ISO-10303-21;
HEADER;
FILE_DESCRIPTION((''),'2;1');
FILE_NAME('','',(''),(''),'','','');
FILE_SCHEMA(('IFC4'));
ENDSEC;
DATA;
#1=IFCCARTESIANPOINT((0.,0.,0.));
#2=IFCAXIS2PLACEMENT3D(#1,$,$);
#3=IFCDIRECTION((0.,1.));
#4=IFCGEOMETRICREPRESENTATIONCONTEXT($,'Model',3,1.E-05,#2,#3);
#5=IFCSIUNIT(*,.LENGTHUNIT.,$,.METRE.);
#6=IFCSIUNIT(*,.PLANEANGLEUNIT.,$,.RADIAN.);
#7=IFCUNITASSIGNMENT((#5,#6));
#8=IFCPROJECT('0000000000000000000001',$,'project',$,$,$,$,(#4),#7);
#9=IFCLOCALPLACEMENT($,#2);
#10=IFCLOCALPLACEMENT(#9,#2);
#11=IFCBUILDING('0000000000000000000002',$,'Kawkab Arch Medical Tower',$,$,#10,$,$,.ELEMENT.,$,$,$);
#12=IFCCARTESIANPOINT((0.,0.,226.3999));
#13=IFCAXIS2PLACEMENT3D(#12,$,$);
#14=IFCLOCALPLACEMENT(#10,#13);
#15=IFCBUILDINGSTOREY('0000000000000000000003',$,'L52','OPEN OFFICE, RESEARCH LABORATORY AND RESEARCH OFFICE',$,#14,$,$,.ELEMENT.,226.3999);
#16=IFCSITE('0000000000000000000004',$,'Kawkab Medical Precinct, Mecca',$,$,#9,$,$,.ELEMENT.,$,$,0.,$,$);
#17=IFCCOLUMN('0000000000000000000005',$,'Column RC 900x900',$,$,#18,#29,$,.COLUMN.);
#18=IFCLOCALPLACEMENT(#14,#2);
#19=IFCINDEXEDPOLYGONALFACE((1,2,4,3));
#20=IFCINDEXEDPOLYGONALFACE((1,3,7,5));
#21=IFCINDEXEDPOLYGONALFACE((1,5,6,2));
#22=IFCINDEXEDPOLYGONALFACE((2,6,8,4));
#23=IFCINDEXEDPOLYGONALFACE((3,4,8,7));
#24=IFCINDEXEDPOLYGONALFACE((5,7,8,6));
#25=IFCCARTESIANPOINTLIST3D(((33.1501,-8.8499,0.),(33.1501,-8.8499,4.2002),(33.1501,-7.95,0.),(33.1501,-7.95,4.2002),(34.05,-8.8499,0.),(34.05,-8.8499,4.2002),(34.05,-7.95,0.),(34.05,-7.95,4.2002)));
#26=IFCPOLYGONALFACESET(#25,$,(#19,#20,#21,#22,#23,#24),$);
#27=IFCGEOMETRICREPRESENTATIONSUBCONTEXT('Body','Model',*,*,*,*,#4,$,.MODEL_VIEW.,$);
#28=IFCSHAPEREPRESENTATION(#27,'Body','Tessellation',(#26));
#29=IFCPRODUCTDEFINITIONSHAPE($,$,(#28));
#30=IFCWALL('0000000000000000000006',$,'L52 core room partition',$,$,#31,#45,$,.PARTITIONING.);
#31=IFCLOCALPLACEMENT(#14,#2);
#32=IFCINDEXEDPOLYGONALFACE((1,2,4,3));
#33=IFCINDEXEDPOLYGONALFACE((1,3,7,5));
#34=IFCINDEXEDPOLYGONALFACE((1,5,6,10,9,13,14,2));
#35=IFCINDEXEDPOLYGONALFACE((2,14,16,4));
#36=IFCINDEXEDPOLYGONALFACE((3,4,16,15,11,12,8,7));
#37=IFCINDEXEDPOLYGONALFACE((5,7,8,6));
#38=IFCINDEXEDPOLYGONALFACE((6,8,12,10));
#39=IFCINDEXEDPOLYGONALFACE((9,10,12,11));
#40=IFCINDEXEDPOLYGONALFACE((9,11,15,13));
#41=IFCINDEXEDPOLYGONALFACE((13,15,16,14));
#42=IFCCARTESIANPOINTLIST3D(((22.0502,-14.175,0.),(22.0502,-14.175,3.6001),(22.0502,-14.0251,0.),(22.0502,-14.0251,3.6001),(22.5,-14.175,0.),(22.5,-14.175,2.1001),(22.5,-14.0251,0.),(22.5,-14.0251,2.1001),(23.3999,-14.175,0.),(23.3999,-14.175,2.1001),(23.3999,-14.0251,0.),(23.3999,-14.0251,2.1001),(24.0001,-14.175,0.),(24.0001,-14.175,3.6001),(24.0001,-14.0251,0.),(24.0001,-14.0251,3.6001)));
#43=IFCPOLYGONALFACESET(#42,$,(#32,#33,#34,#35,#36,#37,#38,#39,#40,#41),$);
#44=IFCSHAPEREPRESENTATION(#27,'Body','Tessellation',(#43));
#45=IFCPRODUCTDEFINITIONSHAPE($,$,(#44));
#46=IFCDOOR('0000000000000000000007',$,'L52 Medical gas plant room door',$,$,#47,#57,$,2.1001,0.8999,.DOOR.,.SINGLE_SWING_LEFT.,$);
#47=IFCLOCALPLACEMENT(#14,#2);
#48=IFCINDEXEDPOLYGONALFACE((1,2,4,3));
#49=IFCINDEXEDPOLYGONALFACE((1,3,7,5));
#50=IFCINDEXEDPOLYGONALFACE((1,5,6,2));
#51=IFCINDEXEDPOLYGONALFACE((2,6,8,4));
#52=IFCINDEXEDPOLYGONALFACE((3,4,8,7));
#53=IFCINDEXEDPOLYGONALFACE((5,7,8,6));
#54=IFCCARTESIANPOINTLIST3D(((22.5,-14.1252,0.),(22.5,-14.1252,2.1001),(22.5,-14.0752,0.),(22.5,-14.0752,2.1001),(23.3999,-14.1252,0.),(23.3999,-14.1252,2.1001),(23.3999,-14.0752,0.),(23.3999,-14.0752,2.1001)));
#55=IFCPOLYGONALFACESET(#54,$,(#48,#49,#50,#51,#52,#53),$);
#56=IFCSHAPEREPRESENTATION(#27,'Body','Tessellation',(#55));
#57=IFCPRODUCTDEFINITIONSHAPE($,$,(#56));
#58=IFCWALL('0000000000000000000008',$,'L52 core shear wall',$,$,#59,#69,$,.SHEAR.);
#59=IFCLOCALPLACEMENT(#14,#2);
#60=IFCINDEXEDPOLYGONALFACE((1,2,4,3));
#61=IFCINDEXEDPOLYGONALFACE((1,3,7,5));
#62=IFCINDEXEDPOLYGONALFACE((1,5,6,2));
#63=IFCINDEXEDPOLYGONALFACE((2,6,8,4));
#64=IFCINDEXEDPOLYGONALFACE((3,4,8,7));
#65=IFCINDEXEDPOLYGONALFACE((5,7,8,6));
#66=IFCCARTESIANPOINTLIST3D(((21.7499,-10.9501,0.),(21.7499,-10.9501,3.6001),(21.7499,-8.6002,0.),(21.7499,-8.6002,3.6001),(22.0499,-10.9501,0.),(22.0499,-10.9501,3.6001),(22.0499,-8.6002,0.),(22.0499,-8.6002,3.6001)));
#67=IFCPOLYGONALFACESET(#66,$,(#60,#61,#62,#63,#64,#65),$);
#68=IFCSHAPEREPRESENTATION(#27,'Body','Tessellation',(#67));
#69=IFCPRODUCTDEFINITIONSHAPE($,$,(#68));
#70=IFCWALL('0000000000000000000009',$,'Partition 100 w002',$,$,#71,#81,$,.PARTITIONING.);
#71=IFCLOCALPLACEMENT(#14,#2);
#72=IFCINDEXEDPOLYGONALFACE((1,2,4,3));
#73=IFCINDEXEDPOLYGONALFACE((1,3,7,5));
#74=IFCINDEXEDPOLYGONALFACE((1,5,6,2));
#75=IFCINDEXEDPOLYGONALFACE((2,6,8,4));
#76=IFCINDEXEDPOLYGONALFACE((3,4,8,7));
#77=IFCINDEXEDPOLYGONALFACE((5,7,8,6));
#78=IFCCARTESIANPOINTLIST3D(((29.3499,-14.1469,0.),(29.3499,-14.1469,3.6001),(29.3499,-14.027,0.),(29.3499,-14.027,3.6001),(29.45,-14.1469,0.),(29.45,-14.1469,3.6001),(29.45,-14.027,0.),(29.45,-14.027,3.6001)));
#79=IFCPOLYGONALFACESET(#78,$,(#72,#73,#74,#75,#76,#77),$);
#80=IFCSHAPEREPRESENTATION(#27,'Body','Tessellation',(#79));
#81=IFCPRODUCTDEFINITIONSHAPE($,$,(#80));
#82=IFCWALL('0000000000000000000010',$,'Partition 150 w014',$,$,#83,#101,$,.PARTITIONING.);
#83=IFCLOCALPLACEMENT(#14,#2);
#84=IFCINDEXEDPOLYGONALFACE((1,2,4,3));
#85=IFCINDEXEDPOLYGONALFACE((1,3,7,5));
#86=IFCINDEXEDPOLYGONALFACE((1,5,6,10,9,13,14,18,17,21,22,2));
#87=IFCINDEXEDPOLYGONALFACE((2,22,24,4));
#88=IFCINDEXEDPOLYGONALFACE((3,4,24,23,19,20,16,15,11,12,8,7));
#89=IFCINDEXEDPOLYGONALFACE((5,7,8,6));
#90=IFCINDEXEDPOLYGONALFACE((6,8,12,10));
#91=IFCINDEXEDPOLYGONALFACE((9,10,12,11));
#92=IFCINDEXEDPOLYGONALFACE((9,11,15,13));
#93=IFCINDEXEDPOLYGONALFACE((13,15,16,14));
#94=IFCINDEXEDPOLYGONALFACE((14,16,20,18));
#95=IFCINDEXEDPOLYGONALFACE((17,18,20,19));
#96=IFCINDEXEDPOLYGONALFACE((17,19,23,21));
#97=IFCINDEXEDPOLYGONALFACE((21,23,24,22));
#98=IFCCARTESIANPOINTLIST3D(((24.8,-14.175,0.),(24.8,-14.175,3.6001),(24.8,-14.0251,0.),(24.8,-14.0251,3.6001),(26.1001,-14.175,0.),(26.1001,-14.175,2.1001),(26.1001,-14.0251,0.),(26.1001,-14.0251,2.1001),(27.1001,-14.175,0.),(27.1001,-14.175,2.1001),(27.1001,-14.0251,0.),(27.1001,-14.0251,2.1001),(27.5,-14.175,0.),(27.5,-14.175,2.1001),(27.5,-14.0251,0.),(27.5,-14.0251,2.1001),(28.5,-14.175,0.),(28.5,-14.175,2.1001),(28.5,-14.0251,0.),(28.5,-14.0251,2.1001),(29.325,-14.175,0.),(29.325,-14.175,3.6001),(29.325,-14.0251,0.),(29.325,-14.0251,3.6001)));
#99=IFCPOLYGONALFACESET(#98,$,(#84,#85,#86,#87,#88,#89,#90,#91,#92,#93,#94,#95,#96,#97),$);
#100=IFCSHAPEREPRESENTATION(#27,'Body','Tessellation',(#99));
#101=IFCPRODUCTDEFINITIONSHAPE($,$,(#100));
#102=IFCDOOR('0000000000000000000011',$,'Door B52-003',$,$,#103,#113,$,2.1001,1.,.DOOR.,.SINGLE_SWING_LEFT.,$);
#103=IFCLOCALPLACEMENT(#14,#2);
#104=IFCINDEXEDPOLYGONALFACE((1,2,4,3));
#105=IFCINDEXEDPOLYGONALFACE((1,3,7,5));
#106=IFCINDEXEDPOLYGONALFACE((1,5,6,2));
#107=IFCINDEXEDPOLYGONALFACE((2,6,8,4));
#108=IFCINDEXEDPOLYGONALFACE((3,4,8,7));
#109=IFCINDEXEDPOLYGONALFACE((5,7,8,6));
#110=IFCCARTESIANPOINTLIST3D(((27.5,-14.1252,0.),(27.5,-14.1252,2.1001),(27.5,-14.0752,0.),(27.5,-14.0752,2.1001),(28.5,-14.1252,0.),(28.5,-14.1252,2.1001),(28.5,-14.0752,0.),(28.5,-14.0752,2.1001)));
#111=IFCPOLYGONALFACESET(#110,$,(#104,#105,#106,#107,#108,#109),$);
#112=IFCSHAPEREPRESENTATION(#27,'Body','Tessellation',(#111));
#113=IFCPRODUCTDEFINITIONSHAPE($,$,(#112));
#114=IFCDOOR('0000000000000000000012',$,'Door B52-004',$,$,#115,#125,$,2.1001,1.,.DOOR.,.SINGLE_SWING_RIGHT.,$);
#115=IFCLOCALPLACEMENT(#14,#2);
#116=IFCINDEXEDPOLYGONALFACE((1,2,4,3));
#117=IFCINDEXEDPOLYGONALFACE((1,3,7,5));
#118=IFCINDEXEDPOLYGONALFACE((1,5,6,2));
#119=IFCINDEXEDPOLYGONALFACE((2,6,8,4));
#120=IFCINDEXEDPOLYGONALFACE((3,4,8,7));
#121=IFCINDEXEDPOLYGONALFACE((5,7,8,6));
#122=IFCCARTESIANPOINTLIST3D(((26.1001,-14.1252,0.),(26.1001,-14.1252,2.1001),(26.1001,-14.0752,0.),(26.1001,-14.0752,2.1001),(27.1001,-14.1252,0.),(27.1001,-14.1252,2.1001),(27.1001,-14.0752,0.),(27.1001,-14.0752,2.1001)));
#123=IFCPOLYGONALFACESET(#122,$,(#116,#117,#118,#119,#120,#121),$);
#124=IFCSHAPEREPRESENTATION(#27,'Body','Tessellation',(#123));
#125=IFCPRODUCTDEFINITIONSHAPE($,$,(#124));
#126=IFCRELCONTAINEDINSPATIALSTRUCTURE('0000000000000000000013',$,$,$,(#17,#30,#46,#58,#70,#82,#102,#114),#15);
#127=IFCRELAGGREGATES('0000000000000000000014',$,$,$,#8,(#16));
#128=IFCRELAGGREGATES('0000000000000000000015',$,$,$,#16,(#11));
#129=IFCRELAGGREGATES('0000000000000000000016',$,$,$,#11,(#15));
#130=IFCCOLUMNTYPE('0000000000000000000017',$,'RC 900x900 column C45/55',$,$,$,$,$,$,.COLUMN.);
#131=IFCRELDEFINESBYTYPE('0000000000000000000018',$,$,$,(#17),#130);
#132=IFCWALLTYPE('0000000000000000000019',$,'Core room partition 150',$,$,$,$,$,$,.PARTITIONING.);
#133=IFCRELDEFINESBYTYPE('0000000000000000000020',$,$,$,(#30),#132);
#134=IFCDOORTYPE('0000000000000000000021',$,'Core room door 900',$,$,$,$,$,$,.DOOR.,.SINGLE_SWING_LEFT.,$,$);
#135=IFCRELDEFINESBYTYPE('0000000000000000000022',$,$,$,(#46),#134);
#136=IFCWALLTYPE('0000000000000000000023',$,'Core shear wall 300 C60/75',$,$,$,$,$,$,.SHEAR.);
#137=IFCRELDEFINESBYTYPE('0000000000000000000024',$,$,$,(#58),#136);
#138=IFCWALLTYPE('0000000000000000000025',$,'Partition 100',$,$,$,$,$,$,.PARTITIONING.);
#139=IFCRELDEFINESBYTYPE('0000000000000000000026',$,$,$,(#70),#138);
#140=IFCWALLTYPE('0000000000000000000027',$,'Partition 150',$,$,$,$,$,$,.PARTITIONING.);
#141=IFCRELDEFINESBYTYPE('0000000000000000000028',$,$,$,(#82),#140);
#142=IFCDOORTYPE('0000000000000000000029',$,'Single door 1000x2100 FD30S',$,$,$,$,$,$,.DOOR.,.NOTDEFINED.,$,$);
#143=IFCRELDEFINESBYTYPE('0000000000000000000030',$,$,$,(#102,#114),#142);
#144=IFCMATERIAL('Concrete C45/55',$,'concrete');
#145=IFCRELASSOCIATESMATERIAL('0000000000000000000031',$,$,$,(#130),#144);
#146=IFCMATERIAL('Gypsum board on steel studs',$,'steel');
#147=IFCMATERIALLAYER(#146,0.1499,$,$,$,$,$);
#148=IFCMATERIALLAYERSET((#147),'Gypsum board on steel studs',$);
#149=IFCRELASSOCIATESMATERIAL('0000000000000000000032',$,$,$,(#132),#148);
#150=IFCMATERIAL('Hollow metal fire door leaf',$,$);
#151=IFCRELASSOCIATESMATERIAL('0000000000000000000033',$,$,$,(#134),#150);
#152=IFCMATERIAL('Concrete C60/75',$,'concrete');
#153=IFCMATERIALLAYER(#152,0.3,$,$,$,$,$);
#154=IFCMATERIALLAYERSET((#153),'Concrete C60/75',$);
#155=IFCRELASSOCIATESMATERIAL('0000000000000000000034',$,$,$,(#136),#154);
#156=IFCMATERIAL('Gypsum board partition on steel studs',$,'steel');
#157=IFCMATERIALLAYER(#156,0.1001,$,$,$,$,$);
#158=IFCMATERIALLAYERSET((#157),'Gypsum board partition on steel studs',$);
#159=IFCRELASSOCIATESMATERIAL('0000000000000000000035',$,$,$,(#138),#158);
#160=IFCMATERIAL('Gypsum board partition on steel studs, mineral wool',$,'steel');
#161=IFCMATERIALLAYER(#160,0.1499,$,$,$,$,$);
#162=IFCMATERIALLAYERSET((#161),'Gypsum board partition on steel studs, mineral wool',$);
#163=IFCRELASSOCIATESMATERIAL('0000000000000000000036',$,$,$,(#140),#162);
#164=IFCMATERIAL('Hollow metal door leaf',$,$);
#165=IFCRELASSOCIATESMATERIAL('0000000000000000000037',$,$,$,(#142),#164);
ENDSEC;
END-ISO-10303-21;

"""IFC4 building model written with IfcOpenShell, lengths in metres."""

from ifc_helpers import new_model, si_unit, direction, frame, frame_2d, origin, origin_2d, place, context, subcontext, project, spatial, rectangle, extrude, material, layer, layer_set, material_profile, profile_set, type_object, element, fill, save


model = new_model("IFC4")

# Units and contexts
model_context = context("Model", 3, precision=1e-05, world=origin(), true_north=direction((0.0, 1.0)))
body_context = subcontext(model_context, "Body", "Model", "MODEL_VIEW")
ifc_project = project(units=[si_unit("LENGTHUNIT", "METRE"), si_unit("PLANEANGLEUNIT", "RADIAN")], contexts=[model_context])

# Site, building, storey
site_placement = place(None, origin())
site = spatial("IfcSite", under=ifc_project, at=site_placement, Name="Kawkab Medical Precinct, Mecca", CompositionType="ELEMENT", RefElevation=0.0)
building_placement = place(site_placement, origin())
building = spatial("IfcBuilding", under=site, at=building_placement, Name="Kawkab Arch Medical Tower", CompositionType="ELEMENT")
storey_placement = place(building_placement, frame((0.0, 0.0, 226.3999)))
storey = spatial("IfcBuildingStorey", under=building, at=storey_placement, Name="L52", Description="OPEN OFFICE, RESEARCH LABORATORY AND RESEARCH OFFICE", CompositionType="ELEMENT", Elevation=226.3999)

# Column
ifc_material_1 = material(Name="Concrete C45/55", Category="concrete")
ifc_material_profile = material_profile(ifc_material_1, rectangle(XDim=0.8999, YDim=0.8999, at=origin_2d()), Name="RC 900x900")
ifc_profile_set = profile_set([ifc_material_profile], Name="Concrete C45/55")
column_type = type_object("IfcColumnType", Name="RC 900x900 column C45/55", PredefinedType="COLUMN", material=ifc_profile_set)
column_placement = place(storey_placement, frame((33.6001, -8.3999, 0.0), z_axis=(0.0, 0.0, 1.0), x_axis=(1.0, 0.0, 0.0)))
element("IfcColumn", 1, at=column_placement, inside=storey, type_object=column_type, Name="Column RC 900x900", PredefinedType="COLUMN", context=body_context, shape_type="SweptSolid", body=[
    extrude(rectangle(XDim=0.8999, YDim=0.8999, at=origin_2d()), origin(), (0.0, 0.0, 1.0), 4.2002),
])

# Wall, opening, door
ifc_material_2 = material(Name="Gypsum board on steel studs", Category="steel")
ifc_layer_1 = layer(ifc_material_2, 0.1499)
ifc_layer_set_1 = layer_set([ifc_layer_1], Name="Gypsum board on steel studs")
wall_type_1 = type_object("IfcWallType", Name="Core room partition 150", PredefinedType="PARTITIONING", material=ifc_layer_set_1)
wall_1_placement = place(storey_placement, frame((22.05, -14.1001, 0.0), z_axis=(0.0, 0.0, 1.0), x_axis=(1.0, 0.0, 0.0)))
wall_1 = element("IfcWall", 2, at=wall_1_placement, inside=storey, type_object=wall_type_1, Name="L52 core room partition", PredefinedType="PARTITIONING", context=body_context, shape_type="SweptSolid", body=[
    extrude(rectangle(XDim=1.95, YDim=0.1499, at=frame_2d((0.9751, 0.0))), origin(), (0.0, 0.0, 1.0), 3.6001),
])
opening_1_placement = place(wall_1_placement, frame((0.45, 0.0, 0.0)))
opening_1 = element("IfcOpeningElement", 3, at=opening_1_placement, cuts=wall_1, PredefinedType="OPENING", context=body_context, shape_type="SweptSolid", body=[
    extrude(rectangle(XDim=0.8999, YDim=2.1001, at=frame_2d((0.45, 1.05))), frame((0.0, 0.085, 0.0), z_axis=(0.0, -1.0, 0.0), x_axis=(1.0, 0.0, 0.0)), (0.0, 0.0, 1.0), 0.1699),
])
ifc_material_3 = material(Name="Hollow metal fire door leaf")
door_type_1 = type_object("IfcDoorType", Name="Core room door 900", OperationType="SINGLE_SWING_LEFT", PredefinedType="DOOR", material=ifc_material_3)
door_1_placement = place(opening_1_placement, origin())
door_1 = element("IfcDoor", 4, at=door_1_placement, inside=storey, type_object=door_type_1, Name="L52 Medical gas plant room door", OperationType="SINGLE_SWING_LEFT", OverallHeight=2.1001, OverallWidth=0.8999, PredefinedType="DOOR", context=body_context, shape_type="SweptSolid", body=[
    extrude(rectangle(XDim=0.8999, YDim=2.1001, at=frame_2d((0.45, 1.05))), frame((0.0, 0.0249, 0.0), z_axis=(0.0, -1.0, 0.0), x_axis=(1.0, 0.0, 0.0)), (0.0, 0.0, 1.0), 0.05),
])
fill(opening_1, door_1)

# Walls
ifc_material_4 = material(Name="Concrete C60/75", Category="concrete")
ifc_layer_2 = layer(ifc_material_4, 0.3)
ifc_layer_set_2 = layer_set([ifc_layer_2], Name="Concrete C60/75")
wall_type_2 = type_object("IfcWallType", Name="Core shear wall 300 C60/75", PredefinedType="SHEAR", material=ifc_layer_set_2)
wall_2_placement = place(storey_placement, frame((21.8999, -10.95, 0.0), z_axis=(0.0, 0.0, 1.0), x_axis=(0.0, 1.0, 0.0)))
element("IfcWall", 5, at=wall_2_placement, inside=storey, type_object=wall_type_2, Name="L52 core shear wall", PredefinedType="SHEAR", context=body_context, shape_type="SweptSolid", body=[
    extrude(rectangle(XDim=2.3499, YDim=0.3, at=frame_2d((1.1748, 0.0))), origin(), (0.0, 0.0, 1.0), 3.6001),
])
ifc_material_5 = material(Name="Gypsum board partition on steel studs", Category="steel")
ifc_layer_3 = layer(ifc_material_5, 0.1001)
ifc_layer_set_3 = layer_set([ifc_layer_3], Name="Gypsum board partition on steel studs")
wall_type_3 = type_object("IfcWallType", Name="Partition 100", PredefinedType="PARTITIONING", material=ifc_layer_set_3)
wall_3_placement = place(storey_placement, frame((29.3999, -14.147, 0.0), z_axis=(0.0, 0.0, 1.0), x_axis=(0.0, 1.0, 0.0)))
element("IfcWall", 6, at=wall_3_placement, inside=storey, type_object=wall_type_3, Name="Partition 100 w002", PredefinedType="PARTITIONING", context=body_context, shape_type="SweptSolid", body=[
    extrude(rectangle(XDim=0.1199, YDim=0.1001, at=frame_2d((0.0601, 0.0))), origin(), (0.0, 0.0, 1.0), 3.6001),
])

# Wall, openings, doors
ifc_material_6 = material(Name="Gypsum board partition on steel studs, mineral wool", Category="steel")
ifc_layer_4 = layer(ifc_material_6, 0.1499)
ifc_layer_set_4 = layer_set([ifc_layer_4], Name="Gypsum board partition on steel studs, mineral wool")
wall_type_4 = type_object("IfcWallType", Name="Partition 150", PredefinedType="PARTITIONING", material=ifc_layer_set_4)
wall_4_placement = place(storey_placement, frame((24.8, -14.1001, 0.0), z_axis=(0.0, 0.0, 1.0), x_axis=(1.0, 0.0, 0.0)))
wall_4 = element("IfcWall", 7, at=wall_4_placement, inside=storey, type_object=wall_type_4, Name="Partition 150 w014", PredefinedType="PARTITIONING", context=body_context, shape_type="SweptSolid", body=[
    extrude(rectangle(XDim=4.5249, YDim=0.1499, at=frame_2d((2.2625, 0.0))), origin(), (0.0, 0.0, 1.0), 3.6001),
])
opening_2_placement = place(wall_4_placement, frame((2.7, 0.0, 0.0)))
opening_2 = element("IfcOpeningElement", 8, at=opening_2_placement, cuts=wall_4, PredefinedType="OPENING", context=body_context, shape_type="SweptSolid", body=[
    extrude(rectangle(XDim=1.0, YDim=2.1001, at=frame_2d((0.5, 1.05))), frame((0.0, 0.085, 0.0), z_axis=(0.0, -1.0, 0.0), x_axis=(1.0, 0.0, 0.0)), (0.0, 0.0, 1.0), 0.1699),
])
opening_3_placement = place(wall_4_placement, frame((1.3, 0.0, 0.0)))
opening_3 = element("IfcOpeningElement", 9, at=opening_3_placement, cuts=wall_4, PredefinedType="OPENING", context=body_context, shape_type="SweptSolid", body=[
    extrude(rectangle(XDim=1.0, YDim=2.1001, at=frame_2d((0.5, 1.05))), frame((0.0, 0.085, 0.0), z_axis=(0.0, -1.0, 0.0), x_axis=(1.0, 0.0, 0.0)), (0.0, 0.0, 1.0), 0.1699),
])
ifc_material_7 = material(Name="Hollow metal door leaf")
door_type_2 = type_object("IfcDoorType", Name="Single door 1000x2100 FD30S", OperationType="NOTDEFINED", PredefinedType="DOOR", material=ifc_material_7)
door_2_placement = place(opening_2_placement, origin())
door_2 = element("IfcDoor", 10, at=door_2_placement, inside=storey, type_object=door_type_2, Name="Door B52-003", OperationType="SINGLE_SWING_LEFT", OverallHeight=2.1001, OverallWidth=1.0, PredefinedType="DOOR", context=body_context, shape_type="SweptSolid", body=[
    extrude(rectangle(XDim=1.0, YDim=2.1001, at=frame_2d((0.5, 1.05))), frame((0.0, 0.0249, 0.0), z_axis=(0.0, -1.0, 0.0), x_axis=(1.0, 0.0, 0.0)), (0.0, 0.0, 1.0), 0.05),
])
fill(opening_2, door_2)
door_3_placement = place(opening_3_placement, origin())
door_3 = element("IfcDoor", 11, at=door_3_placement, inside=storey, type_object=door_type_2, Name="Door B52-004", OperationType="SINGLE_SWING_RIGHT", OverallHeight=2.1001, OverallWidth=1.0, PredefinedType="DOOR", context=body_context, shape_type="SweptSolid", body=[
    extrude(rectangle(XDim=1.0, YDim=2.1001, at=frame_2d((0.5, 1.05))), frame((0.0, 0.0249, 0.0), z_axis=(0.0, -1.0, 0.0), x_axis=(1.0, 0.0, 0.0)), (0.0, 0.0, 1.0), 0.05),
])
fill(opening_3, door_3)

save(model, "model.ifc")
